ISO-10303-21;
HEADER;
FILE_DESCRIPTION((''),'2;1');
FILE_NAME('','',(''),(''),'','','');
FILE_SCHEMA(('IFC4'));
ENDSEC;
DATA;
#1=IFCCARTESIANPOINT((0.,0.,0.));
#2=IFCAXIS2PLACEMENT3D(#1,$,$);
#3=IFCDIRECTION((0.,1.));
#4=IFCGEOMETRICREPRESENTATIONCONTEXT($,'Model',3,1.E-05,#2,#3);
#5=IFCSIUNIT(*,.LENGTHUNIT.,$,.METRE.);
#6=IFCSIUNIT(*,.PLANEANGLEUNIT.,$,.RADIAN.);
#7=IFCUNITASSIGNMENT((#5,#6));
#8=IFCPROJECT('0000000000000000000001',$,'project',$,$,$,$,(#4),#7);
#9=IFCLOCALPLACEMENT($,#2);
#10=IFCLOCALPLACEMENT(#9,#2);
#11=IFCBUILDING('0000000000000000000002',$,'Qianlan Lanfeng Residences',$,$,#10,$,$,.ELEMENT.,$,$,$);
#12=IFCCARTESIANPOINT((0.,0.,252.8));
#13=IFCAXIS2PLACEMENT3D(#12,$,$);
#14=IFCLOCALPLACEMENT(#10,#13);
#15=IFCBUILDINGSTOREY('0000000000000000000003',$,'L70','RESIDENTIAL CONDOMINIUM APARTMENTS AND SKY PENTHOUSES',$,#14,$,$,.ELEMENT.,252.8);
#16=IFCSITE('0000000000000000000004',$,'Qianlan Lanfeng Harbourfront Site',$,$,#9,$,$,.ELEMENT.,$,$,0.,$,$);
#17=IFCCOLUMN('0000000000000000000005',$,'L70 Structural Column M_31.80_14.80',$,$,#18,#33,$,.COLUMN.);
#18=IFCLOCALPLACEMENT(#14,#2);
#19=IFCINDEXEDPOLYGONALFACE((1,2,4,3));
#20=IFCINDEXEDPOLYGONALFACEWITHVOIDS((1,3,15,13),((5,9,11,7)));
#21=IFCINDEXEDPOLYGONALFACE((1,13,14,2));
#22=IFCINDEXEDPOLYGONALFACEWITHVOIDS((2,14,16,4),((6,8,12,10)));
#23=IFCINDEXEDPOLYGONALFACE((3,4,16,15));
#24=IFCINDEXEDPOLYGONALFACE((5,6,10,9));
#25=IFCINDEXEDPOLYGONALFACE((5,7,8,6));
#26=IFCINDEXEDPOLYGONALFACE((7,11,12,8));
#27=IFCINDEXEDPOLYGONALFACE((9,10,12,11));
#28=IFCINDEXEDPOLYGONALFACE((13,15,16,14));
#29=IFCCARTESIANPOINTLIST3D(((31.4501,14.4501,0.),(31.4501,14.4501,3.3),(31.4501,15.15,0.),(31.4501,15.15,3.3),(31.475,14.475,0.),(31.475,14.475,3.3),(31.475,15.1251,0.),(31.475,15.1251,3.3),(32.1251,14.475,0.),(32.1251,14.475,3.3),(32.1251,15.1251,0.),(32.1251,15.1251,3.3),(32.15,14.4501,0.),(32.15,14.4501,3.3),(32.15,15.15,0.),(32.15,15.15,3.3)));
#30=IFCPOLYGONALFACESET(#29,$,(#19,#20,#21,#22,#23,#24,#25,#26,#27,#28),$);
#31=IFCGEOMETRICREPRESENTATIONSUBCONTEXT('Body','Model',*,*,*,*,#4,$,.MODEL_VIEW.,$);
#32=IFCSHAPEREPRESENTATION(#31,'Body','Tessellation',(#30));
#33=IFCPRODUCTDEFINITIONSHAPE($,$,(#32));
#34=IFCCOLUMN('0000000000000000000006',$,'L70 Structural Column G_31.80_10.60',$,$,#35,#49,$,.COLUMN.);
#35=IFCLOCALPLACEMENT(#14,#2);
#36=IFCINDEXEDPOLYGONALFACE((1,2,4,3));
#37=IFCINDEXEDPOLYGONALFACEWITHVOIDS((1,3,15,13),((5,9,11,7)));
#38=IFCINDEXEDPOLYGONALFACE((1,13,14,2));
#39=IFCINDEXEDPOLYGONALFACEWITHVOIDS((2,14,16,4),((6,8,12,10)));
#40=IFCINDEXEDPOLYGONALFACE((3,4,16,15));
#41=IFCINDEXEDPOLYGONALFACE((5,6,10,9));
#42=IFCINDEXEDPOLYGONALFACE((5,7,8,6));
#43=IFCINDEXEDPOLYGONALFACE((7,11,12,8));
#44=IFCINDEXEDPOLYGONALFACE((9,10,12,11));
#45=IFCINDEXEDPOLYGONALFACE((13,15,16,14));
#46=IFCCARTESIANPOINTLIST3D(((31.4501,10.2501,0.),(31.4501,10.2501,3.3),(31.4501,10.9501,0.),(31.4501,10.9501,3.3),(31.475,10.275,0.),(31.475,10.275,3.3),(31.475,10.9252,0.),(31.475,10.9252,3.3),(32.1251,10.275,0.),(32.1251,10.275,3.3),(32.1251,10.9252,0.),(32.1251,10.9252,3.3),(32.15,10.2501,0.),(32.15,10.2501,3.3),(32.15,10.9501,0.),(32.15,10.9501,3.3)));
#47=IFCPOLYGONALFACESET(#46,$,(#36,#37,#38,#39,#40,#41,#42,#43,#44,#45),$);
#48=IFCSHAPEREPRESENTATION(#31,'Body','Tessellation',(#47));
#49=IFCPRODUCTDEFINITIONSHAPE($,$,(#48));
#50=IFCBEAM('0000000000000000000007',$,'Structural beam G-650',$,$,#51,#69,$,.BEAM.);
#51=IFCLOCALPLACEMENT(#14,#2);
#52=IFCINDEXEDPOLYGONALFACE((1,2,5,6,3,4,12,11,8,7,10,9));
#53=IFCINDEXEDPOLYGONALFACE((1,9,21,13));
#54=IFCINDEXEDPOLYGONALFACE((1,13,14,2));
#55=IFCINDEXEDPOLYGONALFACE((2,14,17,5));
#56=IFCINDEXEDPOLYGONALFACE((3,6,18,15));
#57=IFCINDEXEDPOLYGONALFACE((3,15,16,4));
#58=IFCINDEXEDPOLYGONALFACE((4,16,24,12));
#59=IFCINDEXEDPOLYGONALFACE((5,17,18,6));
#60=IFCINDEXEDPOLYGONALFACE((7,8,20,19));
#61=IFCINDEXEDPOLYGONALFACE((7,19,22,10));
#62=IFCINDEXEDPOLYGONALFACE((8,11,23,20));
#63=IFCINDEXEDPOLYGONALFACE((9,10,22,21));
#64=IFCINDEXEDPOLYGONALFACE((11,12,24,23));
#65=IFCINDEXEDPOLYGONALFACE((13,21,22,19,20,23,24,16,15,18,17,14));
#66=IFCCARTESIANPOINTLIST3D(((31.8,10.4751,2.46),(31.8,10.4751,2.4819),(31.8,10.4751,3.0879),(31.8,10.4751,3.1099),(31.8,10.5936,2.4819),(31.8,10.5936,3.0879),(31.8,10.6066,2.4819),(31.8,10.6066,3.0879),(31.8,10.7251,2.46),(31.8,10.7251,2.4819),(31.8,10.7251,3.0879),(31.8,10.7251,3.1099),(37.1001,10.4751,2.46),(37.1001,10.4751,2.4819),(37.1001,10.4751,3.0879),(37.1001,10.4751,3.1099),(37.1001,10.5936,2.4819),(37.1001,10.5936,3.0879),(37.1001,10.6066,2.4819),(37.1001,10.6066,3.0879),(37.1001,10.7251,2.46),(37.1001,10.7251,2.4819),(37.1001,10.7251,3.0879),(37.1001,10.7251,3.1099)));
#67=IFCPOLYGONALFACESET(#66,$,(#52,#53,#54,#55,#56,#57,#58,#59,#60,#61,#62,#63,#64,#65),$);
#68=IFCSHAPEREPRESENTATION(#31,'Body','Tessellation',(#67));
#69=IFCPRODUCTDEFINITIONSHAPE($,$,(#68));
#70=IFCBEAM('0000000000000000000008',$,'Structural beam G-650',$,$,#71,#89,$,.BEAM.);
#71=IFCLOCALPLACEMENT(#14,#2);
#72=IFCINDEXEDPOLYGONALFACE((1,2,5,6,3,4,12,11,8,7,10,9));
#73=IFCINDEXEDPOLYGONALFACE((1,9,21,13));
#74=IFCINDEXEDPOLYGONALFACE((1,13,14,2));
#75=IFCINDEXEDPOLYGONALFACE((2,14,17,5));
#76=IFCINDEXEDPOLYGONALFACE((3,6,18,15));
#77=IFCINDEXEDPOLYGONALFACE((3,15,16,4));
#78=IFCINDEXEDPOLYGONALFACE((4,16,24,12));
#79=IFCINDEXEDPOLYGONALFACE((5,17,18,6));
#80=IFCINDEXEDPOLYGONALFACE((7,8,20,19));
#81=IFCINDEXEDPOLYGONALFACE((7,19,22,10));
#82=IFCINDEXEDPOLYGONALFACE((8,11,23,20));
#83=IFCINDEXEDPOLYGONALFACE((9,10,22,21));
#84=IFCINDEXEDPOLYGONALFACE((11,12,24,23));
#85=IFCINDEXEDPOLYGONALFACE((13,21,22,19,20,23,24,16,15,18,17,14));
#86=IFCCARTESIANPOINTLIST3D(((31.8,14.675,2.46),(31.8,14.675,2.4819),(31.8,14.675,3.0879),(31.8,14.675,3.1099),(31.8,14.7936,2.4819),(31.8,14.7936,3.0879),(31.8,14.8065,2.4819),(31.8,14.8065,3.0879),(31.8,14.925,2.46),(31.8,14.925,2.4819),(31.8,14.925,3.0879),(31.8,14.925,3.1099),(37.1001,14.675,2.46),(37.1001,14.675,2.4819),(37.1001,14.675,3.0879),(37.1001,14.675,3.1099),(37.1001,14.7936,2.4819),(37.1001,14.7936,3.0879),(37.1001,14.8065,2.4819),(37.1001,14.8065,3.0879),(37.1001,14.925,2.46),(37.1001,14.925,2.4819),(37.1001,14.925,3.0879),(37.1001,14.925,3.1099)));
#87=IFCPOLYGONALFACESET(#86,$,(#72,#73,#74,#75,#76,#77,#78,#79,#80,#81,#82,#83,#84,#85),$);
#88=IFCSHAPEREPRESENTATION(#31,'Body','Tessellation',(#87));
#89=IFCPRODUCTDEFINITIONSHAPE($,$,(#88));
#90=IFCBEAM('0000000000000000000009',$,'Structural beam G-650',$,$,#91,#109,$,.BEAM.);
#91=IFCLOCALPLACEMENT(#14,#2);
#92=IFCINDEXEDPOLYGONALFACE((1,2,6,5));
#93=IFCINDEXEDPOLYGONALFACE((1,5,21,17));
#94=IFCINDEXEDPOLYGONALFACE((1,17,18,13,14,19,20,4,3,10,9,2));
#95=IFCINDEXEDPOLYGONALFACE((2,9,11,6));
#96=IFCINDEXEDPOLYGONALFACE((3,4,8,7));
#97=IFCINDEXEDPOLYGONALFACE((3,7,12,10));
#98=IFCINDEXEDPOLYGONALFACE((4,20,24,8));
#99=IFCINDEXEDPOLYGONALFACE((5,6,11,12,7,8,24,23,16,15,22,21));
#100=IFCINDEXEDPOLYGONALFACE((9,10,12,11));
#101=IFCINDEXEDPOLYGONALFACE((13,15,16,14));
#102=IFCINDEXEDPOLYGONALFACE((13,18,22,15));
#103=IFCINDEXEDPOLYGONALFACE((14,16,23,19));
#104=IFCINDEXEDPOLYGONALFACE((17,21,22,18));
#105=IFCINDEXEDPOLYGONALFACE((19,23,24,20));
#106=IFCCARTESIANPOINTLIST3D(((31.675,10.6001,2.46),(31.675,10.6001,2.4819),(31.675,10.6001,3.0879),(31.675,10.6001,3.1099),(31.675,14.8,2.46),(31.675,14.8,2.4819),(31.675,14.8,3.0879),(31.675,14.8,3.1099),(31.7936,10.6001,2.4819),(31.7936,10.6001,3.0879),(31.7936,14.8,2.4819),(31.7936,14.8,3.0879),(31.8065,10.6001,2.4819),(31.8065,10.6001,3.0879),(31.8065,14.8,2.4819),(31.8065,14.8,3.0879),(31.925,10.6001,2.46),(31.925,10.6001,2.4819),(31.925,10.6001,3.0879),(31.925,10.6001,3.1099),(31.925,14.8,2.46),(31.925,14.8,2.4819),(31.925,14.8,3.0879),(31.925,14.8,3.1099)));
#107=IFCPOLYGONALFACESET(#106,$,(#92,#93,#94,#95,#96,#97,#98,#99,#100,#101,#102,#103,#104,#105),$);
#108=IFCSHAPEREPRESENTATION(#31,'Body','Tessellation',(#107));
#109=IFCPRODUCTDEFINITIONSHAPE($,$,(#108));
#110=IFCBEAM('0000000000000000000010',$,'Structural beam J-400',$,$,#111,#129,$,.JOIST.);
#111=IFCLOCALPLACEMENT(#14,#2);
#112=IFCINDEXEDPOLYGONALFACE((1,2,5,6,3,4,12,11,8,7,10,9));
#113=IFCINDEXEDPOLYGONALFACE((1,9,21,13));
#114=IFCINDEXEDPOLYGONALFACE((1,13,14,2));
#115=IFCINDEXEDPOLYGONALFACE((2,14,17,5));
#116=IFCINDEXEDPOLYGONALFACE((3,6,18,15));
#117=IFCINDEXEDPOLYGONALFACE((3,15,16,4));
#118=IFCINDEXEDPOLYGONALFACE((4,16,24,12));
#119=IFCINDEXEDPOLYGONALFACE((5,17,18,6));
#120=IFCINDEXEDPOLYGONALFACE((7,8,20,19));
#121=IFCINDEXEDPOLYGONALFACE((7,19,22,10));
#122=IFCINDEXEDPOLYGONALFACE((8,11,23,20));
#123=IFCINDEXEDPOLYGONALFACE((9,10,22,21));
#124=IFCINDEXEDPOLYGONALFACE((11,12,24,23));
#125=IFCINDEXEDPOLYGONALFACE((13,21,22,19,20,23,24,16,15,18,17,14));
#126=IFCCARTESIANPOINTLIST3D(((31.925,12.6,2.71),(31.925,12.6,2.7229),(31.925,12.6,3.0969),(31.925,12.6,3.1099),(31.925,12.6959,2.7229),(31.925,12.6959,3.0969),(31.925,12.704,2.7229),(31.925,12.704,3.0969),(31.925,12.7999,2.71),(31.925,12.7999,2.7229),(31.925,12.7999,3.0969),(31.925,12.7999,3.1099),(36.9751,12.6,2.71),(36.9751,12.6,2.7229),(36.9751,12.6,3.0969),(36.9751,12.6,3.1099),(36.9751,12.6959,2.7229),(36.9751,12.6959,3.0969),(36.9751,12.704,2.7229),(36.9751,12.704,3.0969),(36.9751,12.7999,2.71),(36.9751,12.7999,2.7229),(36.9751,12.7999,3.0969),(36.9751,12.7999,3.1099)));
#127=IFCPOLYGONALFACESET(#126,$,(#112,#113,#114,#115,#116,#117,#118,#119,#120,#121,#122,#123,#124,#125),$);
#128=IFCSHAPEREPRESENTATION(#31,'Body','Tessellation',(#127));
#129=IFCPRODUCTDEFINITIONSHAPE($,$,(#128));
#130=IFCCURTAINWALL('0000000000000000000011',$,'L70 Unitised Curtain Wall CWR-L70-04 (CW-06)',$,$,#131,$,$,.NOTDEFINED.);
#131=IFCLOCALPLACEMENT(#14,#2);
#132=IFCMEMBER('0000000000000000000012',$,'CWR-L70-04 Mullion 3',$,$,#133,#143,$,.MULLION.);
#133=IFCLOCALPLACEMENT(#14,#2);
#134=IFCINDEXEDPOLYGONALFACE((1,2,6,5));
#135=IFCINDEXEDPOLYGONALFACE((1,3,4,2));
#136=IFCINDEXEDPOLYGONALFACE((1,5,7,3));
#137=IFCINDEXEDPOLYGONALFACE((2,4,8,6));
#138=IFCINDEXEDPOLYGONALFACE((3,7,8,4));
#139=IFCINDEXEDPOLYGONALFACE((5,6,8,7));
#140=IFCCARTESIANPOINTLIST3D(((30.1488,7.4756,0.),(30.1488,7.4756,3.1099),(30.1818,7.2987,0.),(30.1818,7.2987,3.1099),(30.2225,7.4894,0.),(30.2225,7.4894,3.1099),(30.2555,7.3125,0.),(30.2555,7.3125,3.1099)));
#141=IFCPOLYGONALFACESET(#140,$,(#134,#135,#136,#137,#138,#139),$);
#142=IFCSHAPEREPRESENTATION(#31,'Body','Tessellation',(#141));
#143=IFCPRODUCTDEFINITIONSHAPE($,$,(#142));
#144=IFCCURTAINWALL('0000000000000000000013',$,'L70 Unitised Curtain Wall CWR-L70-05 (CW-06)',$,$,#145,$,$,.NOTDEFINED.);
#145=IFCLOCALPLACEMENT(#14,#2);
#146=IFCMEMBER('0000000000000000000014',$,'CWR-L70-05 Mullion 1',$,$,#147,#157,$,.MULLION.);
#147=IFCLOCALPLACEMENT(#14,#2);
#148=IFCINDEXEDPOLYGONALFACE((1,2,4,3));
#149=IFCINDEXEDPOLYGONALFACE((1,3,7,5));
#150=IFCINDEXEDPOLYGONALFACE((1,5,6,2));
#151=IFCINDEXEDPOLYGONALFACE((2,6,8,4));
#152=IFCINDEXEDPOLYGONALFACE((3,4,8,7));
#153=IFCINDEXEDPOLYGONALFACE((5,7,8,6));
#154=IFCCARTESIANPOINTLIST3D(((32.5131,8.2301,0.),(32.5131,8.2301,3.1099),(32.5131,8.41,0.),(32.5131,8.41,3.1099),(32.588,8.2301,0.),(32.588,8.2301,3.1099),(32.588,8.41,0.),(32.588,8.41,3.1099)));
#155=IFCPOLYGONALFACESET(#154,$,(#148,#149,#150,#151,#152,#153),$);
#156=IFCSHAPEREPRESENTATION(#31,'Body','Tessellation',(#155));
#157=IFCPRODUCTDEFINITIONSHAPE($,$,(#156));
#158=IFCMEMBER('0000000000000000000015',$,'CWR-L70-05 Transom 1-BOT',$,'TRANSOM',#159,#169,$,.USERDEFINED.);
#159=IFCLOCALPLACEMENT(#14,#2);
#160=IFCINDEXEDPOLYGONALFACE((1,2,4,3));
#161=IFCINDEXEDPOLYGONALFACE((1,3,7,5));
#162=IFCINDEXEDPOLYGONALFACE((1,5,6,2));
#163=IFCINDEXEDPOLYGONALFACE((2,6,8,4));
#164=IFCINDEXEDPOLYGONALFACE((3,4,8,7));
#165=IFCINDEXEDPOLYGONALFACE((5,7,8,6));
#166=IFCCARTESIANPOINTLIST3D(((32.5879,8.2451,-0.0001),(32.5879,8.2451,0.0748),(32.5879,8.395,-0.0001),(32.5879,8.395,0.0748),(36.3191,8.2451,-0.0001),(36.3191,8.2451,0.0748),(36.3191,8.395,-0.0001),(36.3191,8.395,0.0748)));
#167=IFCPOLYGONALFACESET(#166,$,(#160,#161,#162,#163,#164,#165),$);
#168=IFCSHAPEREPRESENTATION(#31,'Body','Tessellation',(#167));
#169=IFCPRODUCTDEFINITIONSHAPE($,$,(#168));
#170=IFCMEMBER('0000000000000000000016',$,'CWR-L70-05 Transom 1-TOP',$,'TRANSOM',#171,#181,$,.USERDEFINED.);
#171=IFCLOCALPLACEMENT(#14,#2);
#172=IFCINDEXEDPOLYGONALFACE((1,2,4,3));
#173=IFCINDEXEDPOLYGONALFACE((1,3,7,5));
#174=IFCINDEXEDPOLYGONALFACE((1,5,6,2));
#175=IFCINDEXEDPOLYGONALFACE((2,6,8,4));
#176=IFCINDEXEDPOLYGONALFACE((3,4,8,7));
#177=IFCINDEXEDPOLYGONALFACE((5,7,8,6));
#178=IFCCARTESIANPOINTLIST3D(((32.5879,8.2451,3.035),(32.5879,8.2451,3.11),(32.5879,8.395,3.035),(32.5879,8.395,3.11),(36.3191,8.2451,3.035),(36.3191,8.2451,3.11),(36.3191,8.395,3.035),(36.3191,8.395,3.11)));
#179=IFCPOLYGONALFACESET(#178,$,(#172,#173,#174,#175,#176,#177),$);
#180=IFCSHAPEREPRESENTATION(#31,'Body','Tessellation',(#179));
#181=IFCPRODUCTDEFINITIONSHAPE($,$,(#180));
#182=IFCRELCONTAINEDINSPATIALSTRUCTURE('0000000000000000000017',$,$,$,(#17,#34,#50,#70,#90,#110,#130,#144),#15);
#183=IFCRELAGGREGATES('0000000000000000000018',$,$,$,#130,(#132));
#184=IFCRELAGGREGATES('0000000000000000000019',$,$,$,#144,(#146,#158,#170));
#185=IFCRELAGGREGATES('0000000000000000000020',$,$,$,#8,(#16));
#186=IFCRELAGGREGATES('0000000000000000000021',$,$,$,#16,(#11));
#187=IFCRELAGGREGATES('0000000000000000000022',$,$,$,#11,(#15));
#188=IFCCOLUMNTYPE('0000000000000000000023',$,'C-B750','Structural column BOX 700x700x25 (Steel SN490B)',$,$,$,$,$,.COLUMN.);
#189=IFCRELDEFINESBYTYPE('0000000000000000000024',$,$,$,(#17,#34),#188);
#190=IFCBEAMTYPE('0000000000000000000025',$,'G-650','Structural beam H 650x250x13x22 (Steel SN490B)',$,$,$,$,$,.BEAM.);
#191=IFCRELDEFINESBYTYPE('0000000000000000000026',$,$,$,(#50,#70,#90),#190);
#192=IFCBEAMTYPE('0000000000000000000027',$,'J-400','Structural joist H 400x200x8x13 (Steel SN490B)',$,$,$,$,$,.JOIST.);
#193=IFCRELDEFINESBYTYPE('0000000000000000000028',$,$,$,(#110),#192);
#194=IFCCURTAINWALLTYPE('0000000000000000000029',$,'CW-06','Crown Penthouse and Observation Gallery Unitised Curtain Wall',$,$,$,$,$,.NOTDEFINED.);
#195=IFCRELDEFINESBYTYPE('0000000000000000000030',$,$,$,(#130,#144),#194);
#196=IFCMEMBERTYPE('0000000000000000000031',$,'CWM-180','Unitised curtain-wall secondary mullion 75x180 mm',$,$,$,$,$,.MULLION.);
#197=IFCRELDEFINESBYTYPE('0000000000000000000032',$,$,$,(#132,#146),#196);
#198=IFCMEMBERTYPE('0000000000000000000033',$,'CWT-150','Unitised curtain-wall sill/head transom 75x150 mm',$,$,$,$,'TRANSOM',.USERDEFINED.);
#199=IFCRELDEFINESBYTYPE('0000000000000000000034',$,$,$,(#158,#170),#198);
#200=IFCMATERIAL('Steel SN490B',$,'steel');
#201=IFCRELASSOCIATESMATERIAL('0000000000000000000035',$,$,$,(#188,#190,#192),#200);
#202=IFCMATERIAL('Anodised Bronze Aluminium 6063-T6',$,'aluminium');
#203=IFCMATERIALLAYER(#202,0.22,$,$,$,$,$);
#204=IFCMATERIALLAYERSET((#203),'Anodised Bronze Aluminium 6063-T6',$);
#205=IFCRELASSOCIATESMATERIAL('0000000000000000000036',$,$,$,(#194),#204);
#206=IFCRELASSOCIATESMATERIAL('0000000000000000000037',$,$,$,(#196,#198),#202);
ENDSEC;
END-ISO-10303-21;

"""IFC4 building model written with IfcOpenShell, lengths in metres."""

from ifc_helpers import new_model, si_unit, direction, frame, origin, origin_2d, place, context, subcontext, project, spatial, rectangle, hollow_rectangle, i_section, extrude, source, transform, mapped, material, layer, layer_set, material_profile, profile_set, type_object, element, aggregate, save


model = new_model("IFC4")

# Units and contexts
model_context = context("Model", 3, precision=1e-05, world=origin(), true_north=direction((0.0, 1.0)))
body_context = subcontext(model_context, "Body", "Model", "MODEL_VIEW")
ifc_project = project(units=[si_unit("LENGTHUNIT", "METRE"), si_unit("PLANEANGLEUNIT", "RADIAN")], contexts=[model_context])

# Site, building, storey
site_placement = place(None, origin())
site = spatial("IfcSite", under=ifc_project, at=site_placement, Name="Qianlan Lanfeng Harbourfront Site", CompositionType="ELEMENT", RefElevation=0.0)
building_placement = place(site_placement, origin())
building = spatial("IfcBuilding", under=site, at=building_placement, Name="Qianlan Lanfeng Residences", CompositionType="ELEMENT")
storey_placement = place(building_placement, frame((0.0, 0.0, 252.8)))
storey = spatial("IfcBuildingStorey", under=building, at=storey_placement, Name="L70", Description="RESIDENTIAL CONDOMINIUM APARTMENTS AND SKY PENTHOUSES", CompositionType="ELEMENT", Elevation=252.8)

# Columns
ifc_material_1 = material(Name="Steel SN490B", Category="steel")
ifc_material_profile_1 = material_profile(ifc_material_1, hollow_rectangle(XDim=0.7, YDim=0.7, WallThickness=0.0249, at=origin_2d()), Name="BOX 700x700x25")
ifc_profile_set_1 = profile_set([ifc_material_profile_1], Name="Steel SN490B")
column_type = type_object("IfcColumnType", Name="C-B750", Description="Structural column BOX 700x700x25 (Steel SN490B)", PredefinedType="COLUMN", material=ifc_profile_set_1)
for number, where, z_axis, x_axis, name in (
    (1, (31.8, 14.8, 0.0), (0.0, 0.0, 1.0), (1.0, 0.0, 0.0), "L70 Structural Column M_31.80_14.80"),
    (2, (31.8, 10.6001, 0.0), (0.0, 0.0, 1.0), (1.0, 0.0, 0.0), "L70 Structural Column G_31.80_10.60"),
):
    element("IfcColumn", number, at=place(storey_placement, frame(where, z_axis=z_axis, x_axis=x_axis)), inside=storey, type_object=column_type, Name=name, PredefinedType="COLUMN", context=body_context, shape_type="SweptSolid", body=[
        extrude(hollow_rectangle(XDim=0.7, YDim=0.7, WallThickness=0.0249, at=origin_2d()), origin(), (0.0, 0.0, 1.0), 3.3),
    ])

# Beams
ifc_material_profile_2 = material_profile(ifc_material_1, i_section(OverallWidth=0.25, OverallDepth=0.6499, WebThickness=0.0129, FlangeThickness=0.022, at=origin_2d()), Name="H 650x250x13x22")
ifc_profile_set_2 = profile_set([ifc_material_profile_2], Name="Steel SN490B")
beam_type_1 = type_object("IfcBeamType", Name="G-650", Description="Structural beam H 650x250x13x22 (Steel SN490B)", PredefinedType="BEAM", material=ifc_profile_set_2)
for number, where, z_axis, x_axis, name in (
    (3, (31.8, 10.6001, 2.7849), (1.0, 0.0, 0.0), (0.0, 1.0, 0.0), "Structural beam G-650"),
    (4, (31.8, 14.8, 2.7849), (1.0, 0.0, 0.0), (0.0, 1.0, 0.0), "Structural beam G-650"),
):
    element("IfcBeam", number, at=place(storey_placement, frame(where, z_axis=z_axis, x_axis=x_axis)), inside=storey, type_object=beam_type_1, Name=name, PredefinedType="BEAM", context=body_context, shape_type="SweptSolid", body=[
        extrude(i_section(OverallWidth=0.25, OverallDepth=0.6499, WebThickness=0.0129, FlangeThickness=0.022, at=origin_2d()), origin(), (0.0, 0.0, 1.0), 5.3),
    ])
beam_1_placement = place(storey_placement, frame((31.8, 10.6001, 2.7849), z_axis=(0.0, 1.0, 0.0), x_axis=(-1.0, 0.0, 0.0)))
element("IfcBeam", 5, at=beam_1_placement, inside=storey, type_object=beam_type_1, Name="Structural beam G-650", PredefinedType="BEAM", context=body_context, shape_type="SweptSolid", body=[
    extrude(i_section(OverallWidth=0.25, OverallDepth=0.6499, WebThickness=0.0129, FlangeThickness=0.022, at=origin_2d()), origin(), (0.0, 0.0, 1.0), 4.2),
])
ifc_material_profile_3 = material_profile(ifc_material_1, i_section(OverallWidth=0.2, OverallDepth=0.3999, WebThickness=0.0081, FlangeThickness=0.0129, at=origin_2d()), Name="H 400x200x8x13")
ifc_profile_set_3 = profile_set([ifc_material_profile_3], Name="Steel SN490B")
beam_type_2 = type_object("IfcBeamType", Name="J-400", Description="Structural joist H 400x200x8x13 (Steel SN490B)", PredefinedType="JOIST", material=ifc_profile_set_3)
beam_2_placement = place(storey_placement, frame((31.925, 12.7, 2.9099), z_axis=(1.0, 0.0, 0.0), x_axis=(0.0, 1.0, 0.0)))
element("IfcBeam", 6, at=beam_2_placement, inside=storey, type_object=beam_type_2, Name="Structural beam J-400", PredefinedType="JOIST", context=body_context, shape_type="SweptSolid", body=[
    extrude(i_section(OverallWidth=0.2, OverallDepth=0.3999, WebThickness=0.0081, FlangeThickness=0.0129, at=origin_2d()), origin(), (0.0, 0.0, 1.0), 5.05),
])

# Curtain wall, member
ifc_material_2 = material(Name="Anodised Bronze Aluminium 6063-T6", Category="aluminium")
ifc_layer_1 = layer(ifc_material_2, 0.22)
ifc_layer_set_1 = layer_set([ifc_layer_1], Name="Anodised Bronze Aluminium 6063-T6")
curtain_wall_type = type_object("IfcCurtainWallType", Name="CW-06", Description="Crown Penthouse and Observation Gallery Unitised Curtain Wall", PredefinedType="NOTDEFINED", material=ifc_layer_set_1)
curtain_wall_1_placement = place(storey_placement, origin())
curtain_wall_1 = element("IfcCurtainWall", 7, at=curtain_wall_1_placement, inside=storey, type_object=curtain_wall_type, Name="L70 Unitised Curtain Wall CWR-L70-04 (CW-06)", PredefinedType="NOTDEFINED")
ifc_material_profile_4 = material_profile(ifc_material_2, rectangle(XDim=0.075, YDim=0.1799, at=origin_2d()), Name="ALU MULLION 75x180")
ifc_profile_set_4 = profile_set([ifc_material_profile_4], Name="Anodised Bronze Aluminium 6063-T6")
member_type_1 = type_object("IfcMemberType", Name="CWM-180", Description="Unitised curtain-wall secondary mullion 75x180 mm", PredefinedType="MULLION", material=ifc_profile_set_4)
shared_shape_1 = source(origin(), body_context, "Body", "SweptSolid", [
    extrude(rectangle(XDim=0.075, YDim=0.1799, at=origin_2d()), origin(), (0.0, 0.0, 1.0), 3.1099),
])
member_1_placement = place(storey_placement, frame((30.2021, 7.394, 0.0), z_axis=(0.0, 0.0, 1.0), x_axis=(0.983039, 0.183395, 0.0)))
member_1 = element("IfcMember", 8, at=member_1_placement, type_object=member_type_1, Name="CWR-L70-04 Mullion 3", PredefinedType="MULLION", context=body_context, shape_type="MappedRepresentation", body=[
    mapped(shared_shape_1, transform((0.0, 0.0, 0.0), scale=1.0)),
])
aggregate(curtain_wall_1, [member_1])

# Curtain wall, members
curtain_wall_2_placement = place(storey_placement, origin())
curtain_wall_2 = element("IfcCurtainWall", 9, at=curtain_wall_2_placement, inside=storey, type_object=curtain_wall_type, Name="L70 Unitised Curtain Wall CWR-L70-05 (CW-06)", PredefinedType="NOTDEFINED")
member_2_placement = place(storey_placement, frame((32.5505, 8.3201, 0.0), z_axis=(0.0, 0.0, 1.0), x_axis=(1.0, 0.0, 0.0)))
member_2 = element("IfcMember", 10, at=member_2_placement, type_object=member_type_1, Name="CWR-L70-05 Mullion 1", PredefinedType="MULLION", context=body_context, shape_type="MappedRepresentation", body=[
    mapped(shared_shape_1, transform((0.0, 0.0, 0.0), scale=1.0)),
])
ifc_material_profile_5 = material_profile(ifc_material_2, rectangle(XDim=0.075, YDim=0.1499, at=origin_2d()), Name="ALU TRANSOM 75x150")
ifc_profile_set_5 = profile_set([ifc_material_profile_5], Name="Anodised Bronze Aluminium 6063-T6")
member_type_2 = type_object("IfcMemberType", Name="CWT-150", Description="Unitised curtain-wall sill/head transom 75x150 mm", ElementType="TRANSOM", PredefinedType="USERDEFINED", material=ifc_profile_set_5)
shared_shape_2 = source(origin(), body_context, "Body", "SweptSolid", [
    extrude(rectangle(XDim=0.075, YDim=0.1499, at=origin_2d()), origin(), (0.0, 0.0, 1.0), 3.7312),
])
member_3_placement = place(storey_placement, frame((32.5879, 8.3201, 0.0374), z_axis=(1.0, 0.0, 0.0), x_axis=(0.0, 0.0, 1.0)))
member_3 = element("IfcMember", 11, at=member_3_placement, type_object=member_type_2, Name="CWR-L70-05 Transom 1-BOT", ObjectType="TRANSOM", PredefinedType="USERDEFINED", context=body_context, shape_type="MappedRepresentation", body=[
    mapped(shared_shape_2, transform((0.0, 0.0, 0.0), scale=1.0)),
])
member_4_placement = place(storey_placement, frame((32.5879, 8.3201, 3.0725), z_axis=(1.0, 0.0, 0.0), x_axis=(0.0, 0.0, 1.0)))
member_4 = element("IfcMember", 12, at=member_4_placement, type_object=member_type_2, Name="CWR-L70-05 Transom 1-TOP", ObjectType="TRANSOM", PredefinedType="USERDEFINED", context=body_context, shape_type="MappedRepresentation", body=[
    mapped(shared_shape_2, transform((0.0, 0.0, 0.0), scale=1.0)),
])
aggregate(curtain_wall_2, [member_2, member_3, member_4])

save(model, "model.ifc")
